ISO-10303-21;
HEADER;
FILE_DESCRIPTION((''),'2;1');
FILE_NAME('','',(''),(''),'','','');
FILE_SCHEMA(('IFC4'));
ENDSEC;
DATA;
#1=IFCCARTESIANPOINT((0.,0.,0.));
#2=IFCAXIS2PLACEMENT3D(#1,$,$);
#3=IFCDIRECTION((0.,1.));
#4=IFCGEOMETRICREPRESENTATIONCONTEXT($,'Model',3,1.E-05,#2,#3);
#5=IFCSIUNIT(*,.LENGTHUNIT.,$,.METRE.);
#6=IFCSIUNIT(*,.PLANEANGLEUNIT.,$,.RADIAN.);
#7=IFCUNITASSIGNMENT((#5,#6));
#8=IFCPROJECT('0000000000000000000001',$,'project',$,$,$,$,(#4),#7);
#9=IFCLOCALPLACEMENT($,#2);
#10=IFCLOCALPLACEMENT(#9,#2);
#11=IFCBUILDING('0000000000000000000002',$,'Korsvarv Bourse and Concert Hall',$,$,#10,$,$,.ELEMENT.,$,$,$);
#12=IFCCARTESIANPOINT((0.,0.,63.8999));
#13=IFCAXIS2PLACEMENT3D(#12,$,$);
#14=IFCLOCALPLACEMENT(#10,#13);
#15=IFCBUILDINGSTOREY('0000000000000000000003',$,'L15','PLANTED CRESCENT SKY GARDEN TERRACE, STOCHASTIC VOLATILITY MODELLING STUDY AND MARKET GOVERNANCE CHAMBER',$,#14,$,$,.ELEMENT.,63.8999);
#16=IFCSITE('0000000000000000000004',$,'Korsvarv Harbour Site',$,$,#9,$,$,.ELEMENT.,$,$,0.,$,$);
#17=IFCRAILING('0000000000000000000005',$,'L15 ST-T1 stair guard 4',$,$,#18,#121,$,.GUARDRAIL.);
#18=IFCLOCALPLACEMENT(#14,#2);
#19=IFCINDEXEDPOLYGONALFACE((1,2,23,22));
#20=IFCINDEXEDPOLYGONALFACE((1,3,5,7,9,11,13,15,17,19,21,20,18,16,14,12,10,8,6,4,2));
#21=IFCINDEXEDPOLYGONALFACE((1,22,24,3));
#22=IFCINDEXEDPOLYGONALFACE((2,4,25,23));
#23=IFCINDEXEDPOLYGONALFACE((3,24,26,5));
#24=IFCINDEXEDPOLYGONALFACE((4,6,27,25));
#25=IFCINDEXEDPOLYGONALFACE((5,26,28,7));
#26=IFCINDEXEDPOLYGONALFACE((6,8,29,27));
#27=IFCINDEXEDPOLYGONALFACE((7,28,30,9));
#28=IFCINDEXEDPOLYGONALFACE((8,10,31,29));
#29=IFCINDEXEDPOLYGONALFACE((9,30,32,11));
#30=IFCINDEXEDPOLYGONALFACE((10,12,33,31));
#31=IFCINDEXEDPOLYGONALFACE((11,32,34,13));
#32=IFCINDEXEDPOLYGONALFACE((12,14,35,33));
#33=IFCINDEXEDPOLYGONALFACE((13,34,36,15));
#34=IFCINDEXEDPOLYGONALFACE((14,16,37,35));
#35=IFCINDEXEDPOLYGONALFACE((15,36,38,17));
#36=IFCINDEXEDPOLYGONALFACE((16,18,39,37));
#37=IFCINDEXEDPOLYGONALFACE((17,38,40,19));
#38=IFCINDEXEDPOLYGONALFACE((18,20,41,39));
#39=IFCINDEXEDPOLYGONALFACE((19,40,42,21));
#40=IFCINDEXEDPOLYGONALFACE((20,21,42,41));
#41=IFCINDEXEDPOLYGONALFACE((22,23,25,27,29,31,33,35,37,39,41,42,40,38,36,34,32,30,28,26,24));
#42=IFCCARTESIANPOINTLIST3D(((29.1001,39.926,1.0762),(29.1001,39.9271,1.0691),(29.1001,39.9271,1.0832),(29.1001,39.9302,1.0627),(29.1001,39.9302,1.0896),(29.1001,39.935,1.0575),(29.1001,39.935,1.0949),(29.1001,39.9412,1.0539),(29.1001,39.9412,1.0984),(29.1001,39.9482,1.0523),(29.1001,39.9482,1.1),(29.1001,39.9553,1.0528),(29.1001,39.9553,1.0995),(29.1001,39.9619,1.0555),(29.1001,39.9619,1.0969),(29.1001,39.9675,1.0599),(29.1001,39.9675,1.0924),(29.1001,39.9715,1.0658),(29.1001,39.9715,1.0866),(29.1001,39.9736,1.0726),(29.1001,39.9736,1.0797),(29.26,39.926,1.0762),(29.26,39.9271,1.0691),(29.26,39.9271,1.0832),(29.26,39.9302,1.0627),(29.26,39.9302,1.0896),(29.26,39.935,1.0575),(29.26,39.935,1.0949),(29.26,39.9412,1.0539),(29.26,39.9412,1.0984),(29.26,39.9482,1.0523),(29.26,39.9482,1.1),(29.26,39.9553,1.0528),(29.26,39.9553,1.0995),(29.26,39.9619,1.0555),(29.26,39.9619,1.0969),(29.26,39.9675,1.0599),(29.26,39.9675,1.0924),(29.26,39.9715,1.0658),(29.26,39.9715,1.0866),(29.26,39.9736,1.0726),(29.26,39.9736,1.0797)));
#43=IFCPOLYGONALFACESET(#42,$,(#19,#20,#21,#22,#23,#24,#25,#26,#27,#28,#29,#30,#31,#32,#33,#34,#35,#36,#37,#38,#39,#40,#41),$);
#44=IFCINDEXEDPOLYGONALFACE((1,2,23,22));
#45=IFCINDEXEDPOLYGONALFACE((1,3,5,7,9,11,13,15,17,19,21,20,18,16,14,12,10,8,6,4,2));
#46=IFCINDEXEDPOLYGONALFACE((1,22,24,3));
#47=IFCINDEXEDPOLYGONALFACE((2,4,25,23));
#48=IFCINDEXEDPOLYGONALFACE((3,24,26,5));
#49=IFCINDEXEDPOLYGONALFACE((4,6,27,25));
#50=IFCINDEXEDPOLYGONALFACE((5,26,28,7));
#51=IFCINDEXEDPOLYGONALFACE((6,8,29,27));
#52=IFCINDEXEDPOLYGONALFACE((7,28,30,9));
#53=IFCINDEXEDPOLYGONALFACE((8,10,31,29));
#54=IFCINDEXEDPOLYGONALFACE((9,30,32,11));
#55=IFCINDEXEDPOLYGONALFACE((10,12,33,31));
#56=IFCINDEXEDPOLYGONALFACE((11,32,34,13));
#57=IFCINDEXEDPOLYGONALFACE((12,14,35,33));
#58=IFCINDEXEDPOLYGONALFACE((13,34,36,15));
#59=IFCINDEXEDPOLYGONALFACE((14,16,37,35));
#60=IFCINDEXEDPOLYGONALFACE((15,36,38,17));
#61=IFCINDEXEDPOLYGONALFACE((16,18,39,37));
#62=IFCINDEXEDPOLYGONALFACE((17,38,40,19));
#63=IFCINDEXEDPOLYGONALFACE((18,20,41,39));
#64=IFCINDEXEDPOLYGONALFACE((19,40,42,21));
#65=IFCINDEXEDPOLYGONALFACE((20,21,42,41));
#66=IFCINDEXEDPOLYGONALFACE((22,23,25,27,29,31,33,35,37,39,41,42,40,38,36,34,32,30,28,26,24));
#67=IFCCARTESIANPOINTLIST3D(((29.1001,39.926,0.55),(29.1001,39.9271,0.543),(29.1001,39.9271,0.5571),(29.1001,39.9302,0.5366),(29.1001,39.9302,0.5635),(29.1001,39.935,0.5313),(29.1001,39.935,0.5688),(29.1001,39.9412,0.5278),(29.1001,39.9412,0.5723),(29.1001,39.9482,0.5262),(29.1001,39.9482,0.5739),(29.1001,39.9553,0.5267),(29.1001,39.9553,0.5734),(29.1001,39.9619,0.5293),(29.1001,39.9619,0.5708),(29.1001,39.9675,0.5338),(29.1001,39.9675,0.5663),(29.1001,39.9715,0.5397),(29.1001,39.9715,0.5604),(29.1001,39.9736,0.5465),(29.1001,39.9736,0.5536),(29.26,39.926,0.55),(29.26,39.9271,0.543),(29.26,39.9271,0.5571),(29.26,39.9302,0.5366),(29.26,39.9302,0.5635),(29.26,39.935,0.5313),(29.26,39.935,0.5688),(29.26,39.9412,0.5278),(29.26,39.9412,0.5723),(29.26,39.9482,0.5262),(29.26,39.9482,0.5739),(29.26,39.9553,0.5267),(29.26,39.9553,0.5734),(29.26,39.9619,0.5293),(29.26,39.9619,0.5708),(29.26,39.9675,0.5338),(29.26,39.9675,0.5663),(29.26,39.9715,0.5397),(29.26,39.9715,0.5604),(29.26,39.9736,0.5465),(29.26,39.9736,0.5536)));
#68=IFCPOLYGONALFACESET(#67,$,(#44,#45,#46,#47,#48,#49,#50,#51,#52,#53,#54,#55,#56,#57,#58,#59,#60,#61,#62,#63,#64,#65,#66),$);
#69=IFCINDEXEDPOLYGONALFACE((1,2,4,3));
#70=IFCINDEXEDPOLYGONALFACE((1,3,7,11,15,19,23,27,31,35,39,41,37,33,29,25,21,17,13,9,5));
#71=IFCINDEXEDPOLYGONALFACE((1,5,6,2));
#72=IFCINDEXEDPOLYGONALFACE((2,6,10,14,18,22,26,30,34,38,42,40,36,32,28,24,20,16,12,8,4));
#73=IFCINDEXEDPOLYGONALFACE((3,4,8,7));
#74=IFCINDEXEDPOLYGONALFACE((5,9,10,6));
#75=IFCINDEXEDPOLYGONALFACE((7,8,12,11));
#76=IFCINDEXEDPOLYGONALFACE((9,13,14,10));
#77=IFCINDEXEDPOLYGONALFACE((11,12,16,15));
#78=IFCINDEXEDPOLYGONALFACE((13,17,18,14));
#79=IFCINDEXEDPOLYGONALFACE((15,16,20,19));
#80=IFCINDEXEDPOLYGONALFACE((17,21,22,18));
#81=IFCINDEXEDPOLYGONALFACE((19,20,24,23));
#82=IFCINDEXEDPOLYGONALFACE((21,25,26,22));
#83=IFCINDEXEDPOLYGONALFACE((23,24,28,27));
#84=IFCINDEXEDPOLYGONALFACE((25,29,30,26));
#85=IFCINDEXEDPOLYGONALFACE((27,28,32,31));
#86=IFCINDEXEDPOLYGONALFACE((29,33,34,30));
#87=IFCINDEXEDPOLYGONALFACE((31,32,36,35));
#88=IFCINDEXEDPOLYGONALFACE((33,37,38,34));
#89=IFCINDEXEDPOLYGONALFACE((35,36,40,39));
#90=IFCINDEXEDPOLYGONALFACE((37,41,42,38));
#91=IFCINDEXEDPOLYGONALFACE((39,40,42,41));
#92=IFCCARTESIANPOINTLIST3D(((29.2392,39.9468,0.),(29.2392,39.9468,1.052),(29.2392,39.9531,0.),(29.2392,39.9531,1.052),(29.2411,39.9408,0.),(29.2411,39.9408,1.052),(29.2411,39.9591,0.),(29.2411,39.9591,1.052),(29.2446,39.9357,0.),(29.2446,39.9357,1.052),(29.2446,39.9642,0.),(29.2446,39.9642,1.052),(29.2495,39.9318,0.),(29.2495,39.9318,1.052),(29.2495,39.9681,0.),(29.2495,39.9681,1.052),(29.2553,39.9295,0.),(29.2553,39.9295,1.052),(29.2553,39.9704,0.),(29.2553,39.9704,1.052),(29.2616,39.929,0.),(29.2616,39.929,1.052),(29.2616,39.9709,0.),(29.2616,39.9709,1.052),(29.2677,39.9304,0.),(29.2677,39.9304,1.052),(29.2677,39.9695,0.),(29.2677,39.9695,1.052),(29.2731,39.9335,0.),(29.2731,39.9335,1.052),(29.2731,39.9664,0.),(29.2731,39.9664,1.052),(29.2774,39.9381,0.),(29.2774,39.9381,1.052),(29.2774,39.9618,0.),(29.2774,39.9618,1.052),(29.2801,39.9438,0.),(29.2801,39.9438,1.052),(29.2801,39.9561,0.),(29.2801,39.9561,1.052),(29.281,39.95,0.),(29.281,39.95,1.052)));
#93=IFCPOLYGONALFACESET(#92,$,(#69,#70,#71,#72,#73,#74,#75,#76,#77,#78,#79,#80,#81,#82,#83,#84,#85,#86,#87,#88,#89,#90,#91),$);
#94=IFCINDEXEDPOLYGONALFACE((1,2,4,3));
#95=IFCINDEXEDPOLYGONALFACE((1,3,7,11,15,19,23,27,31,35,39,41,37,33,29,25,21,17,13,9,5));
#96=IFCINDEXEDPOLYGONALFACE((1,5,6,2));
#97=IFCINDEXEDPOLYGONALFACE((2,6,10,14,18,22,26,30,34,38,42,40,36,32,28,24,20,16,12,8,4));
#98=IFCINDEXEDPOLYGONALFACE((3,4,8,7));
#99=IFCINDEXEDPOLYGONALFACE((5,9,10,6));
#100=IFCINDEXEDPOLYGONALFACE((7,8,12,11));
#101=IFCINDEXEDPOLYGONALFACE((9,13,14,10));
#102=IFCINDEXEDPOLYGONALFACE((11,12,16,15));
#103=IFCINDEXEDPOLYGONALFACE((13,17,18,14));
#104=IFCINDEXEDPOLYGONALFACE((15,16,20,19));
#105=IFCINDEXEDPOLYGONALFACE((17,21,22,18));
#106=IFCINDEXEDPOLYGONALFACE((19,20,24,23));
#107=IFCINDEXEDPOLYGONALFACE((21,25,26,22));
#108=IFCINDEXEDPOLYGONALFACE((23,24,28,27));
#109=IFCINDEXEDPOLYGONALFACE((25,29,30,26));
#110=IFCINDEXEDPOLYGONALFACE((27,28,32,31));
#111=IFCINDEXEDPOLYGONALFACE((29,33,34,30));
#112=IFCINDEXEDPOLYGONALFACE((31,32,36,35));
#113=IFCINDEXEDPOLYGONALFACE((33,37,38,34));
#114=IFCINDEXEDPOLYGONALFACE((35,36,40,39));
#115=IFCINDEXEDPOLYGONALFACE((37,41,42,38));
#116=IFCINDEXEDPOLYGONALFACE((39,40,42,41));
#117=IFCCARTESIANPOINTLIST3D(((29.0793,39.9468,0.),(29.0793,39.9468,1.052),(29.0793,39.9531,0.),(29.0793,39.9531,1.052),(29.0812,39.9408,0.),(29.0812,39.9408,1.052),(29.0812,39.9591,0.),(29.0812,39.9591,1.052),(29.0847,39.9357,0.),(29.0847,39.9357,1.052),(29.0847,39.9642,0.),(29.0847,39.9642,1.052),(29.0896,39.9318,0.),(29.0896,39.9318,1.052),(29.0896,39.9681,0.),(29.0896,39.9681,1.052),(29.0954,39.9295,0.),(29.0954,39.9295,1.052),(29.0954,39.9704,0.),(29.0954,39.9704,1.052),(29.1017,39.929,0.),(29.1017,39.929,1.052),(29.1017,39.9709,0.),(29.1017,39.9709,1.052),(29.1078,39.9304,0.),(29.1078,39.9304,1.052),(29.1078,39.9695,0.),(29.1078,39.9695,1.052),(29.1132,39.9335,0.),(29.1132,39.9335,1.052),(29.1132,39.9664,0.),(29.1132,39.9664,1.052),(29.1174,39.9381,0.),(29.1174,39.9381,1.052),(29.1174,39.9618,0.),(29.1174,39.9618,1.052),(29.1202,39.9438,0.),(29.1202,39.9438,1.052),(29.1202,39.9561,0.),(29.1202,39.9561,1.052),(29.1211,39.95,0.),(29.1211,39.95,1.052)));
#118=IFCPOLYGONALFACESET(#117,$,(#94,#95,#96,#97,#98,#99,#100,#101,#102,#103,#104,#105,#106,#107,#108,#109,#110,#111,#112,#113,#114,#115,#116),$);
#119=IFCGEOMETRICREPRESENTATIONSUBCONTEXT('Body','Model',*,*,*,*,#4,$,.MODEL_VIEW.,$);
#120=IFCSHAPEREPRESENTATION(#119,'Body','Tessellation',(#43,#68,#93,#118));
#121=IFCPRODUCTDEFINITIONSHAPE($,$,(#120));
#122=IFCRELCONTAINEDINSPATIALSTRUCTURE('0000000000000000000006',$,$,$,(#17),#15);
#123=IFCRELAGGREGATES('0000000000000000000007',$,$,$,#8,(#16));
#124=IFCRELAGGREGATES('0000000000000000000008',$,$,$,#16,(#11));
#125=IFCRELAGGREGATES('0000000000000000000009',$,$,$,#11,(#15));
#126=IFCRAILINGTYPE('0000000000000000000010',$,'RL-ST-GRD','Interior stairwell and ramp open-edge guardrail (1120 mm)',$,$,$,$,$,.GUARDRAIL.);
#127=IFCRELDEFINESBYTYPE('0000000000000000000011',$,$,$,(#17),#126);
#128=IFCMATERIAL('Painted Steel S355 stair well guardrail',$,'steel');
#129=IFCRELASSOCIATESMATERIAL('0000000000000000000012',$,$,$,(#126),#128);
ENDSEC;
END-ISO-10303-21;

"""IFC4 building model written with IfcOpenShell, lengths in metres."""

from ifc_helpers import new_model, si_unit, direction, frame, origin, origin_2d, place, context, subcontext, project, spatial, circle, extrude, material, type_object, element, save


model = new_model("IFC4")

# Units and contexts
model_context = context("Model", 3, precision=1e-05, world=origin(), true_north=direction((0.0, 1.0)))
body_context = subcontext(model_context, "Body", "Model", "MODEL_VIEW")
ifc_project = project(units=[si_unit("LENGTHUNIT", "METRE"), si_unit("PLANEANGLEUNIT", "RADIAN")], contexts=[model_context])

# Site, building, storey
site_placement = place(None, origin())
site = spatial("IfcSite", under=ifc_project, at=site_placement, Name="Korsvarv Harbour Site", CompositionType="ELEMENT", RefElevation=0.0)
building_placement = place(site_placement, origin())
building = spatial("IfcBuilding", under=site, at=building_placement, Name="Korsvarv Bourse and Concert Hall", CompositionType="ELEMENT")
storey_placement = place(building_placement, frame((0.0, 0.0, 63.8999)))
storey = spatial("IfcBuildingStorey", under=building, at=storey_placement, Name="L15", Description="PLANTED CRESCENT SKY GARDEN TERRACE, STOCHASTIC VOLATILITY MODELLING STUDY AND MARKET GOVERNANCE CHAMBER", CompositionType="ELEMENT", Elevation=63.8999)

# Railing
ifc_material_1 = material(Name="Painted Steel S355 stair well guardrail", Category="steel")
railing_type_1 = type_object("IfcRailingType", Name="RL-ST-GRD", Description="Interior stairwell and ramp open-edge guardrail (1120 mm)", PredefinedType="GUARDRAIL", material=ifc_material_1)
railing_1_placement = place(storey_placement, frame((29.26, 39.95, 0.0)))
element("IfcRailing", 1, at=railing_1_placement, inside=storey, type_object=railing_type_1, Name="L15 ST-T1 stair guard 4", PredefinedType="GUARDRAIL", context=body_context, shape_type="SweptSolid", body=[
    extrude(circle(Radius=0.0239, at=origin_2d()), frame((0.0, 0.0, 1.0762), z_axis=(-1.0, 0.0, 0.0), x_axis=(0.0, -1.0, 0.0)), (0.0, 0.0, 1.0), 0.1599),
    extrude(circle(Radius=0.0239, at=origin_2d()), frame((0.0, 0.0, 0.55), z_axis=(-1.0, 0.0, 0.0), x_axis=(0.0, -1.0, 0.0)), (0.0, 0.0, 1.0), 0.1599),
    extrude(circle(Radius=0.021, at=origin_2d()), origin(), (0.0, 0.0, 1.0), 1.052),
    extrude(circle(Radius=0.021, at=origin_2d()), frame((-0.1599, 0.0, 0.0)), (0.0, 0.0, 1.0), 1.052),
])

save(model, "model.ifc")
